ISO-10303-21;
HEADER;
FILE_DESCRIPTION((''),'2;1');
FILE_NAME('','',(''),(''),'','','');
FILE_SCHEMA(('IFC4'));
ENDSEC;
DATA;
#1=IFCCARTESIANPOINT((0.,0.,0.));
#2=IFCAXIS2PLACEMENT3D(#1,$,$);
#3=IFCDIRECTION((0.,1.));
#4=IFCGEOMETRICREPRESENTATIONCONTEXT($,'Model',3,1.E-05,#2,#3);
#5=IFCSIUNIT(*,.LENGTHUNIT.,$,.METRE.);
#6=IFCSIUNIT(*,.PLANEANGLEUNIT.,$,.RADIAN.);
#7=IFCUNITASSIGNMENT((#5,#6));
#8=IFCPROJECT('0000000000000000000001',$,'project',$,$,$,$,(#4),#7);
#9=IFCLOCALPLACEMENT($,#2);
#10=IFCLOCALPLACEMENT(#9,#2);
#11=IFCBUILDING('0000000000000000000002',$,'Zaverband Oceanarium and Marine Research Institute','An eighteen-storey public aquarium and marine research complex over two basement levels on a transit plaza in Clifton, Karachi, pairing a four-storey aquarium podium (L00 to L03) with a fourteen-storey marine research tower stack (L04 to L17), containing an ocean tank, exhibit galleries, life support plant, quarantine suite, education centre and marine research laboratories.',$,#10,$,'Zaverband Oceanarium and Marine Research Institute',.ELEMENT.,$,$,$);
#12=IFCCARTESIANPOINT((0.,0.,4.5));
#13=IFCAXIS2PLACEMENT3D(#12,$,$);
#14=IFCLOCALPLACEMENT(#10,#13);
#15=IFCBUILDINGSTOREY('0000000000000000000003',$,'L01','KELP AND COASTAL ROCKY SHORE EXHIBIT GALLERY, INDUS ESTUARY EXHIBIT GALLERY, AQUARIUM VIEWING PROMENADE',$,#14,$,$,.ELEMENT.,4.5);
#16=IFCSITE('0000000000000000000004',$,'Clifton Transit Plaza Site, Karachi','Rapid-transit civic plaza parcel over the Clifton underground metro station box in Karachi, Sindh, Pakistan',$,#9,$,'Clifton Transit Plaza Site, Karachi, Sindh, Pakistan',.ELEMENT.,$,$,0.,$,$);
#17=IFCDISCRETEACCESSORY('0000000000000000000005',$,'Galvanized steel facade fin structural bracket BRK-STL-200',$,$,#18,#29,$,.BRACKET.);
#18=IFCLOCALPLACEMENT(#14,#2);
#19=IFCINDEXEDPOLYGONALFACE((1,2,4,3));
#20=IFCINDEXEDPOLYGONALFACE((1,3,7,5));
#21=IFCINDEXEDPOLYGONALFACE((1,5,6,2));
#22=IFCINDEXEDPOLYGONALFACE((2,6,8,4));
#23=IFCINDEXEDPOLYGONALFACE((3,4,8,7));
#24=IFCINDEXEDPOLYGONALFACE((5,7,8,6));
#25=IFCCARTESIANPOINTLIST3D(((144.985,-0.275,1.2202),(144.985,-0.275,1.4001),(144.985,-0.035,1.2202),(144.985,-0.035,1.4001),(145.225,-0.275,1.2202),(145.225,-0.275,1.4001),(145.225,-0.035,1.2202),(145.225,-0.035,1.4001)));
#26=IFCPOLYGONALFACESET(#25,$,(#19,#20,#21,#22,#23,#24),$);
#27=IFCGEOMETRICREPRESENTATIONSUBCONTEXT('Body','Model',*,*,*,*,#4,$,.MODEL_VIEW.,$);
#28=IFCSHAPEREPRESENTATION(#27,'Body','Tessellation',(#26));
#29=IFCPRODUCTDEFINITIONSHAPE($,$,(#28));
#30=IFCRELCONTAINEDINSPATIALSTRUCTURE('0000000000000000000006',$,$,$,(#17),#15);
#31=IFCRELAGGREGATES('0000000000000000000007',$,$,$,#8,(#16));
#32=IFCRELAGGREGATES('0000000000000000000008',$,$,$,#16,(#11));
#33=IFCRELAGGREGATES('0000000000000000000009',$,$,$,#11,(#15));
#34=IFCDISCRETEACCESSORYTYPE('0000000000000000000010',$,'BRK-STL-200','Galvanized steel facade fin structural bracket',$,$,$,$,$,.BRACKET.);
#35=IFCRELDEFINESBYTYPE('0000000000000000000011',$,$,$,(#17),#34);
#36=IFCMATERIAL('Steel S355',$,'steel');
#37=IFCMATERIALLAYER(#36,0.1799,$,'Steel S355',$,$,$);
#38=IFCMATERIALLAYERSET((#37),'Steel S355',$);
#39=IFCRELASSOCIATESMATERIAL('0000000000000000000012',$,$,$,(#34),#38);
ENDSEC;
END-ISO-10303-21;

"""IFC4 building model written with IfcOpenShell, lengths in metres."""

from ifc_helpers import new_model, si_unit, direction, frame, origin, origin_2d, place, context, subcontext, project, spatial, rectangle, extrude, material, layer, layer_set, type_object, element, save


model = new_model("IFC4")

# Units and contexts
model_context = context("Model", 3, precision=1e-05, world=origin(), true_north=direction((0.0, 1.0)))
body_context = subcontext(model_context, "Body", "Model", "MODEL_VIEW")
ifc_project = project(units=[si_unit("LENGTHUNIT", "METRE"), si_unit("PLANEANGLEUNIT", "RADIAN")], contexts=[model_context])

# Site, building, storey
site_placement = place(None, origin())
site = spatial("IfcSite", under=ifc_project, at=site_placement, Name="Clifton Transit Plaza Site, Karachi", Description="Rapid-transit civic plaza parcel over the Clifton underground metro station box in Karachi, Sindh, Pakistan", LongName="Clifton Transit Plaza Site, Karachi, Sindh, Pakistan", CompositionType="ELEMENT", RefElevation=0.0)
building_placement = place(site_placement, origin())
building = spatial("IfcBuilding", under=site, at=building_placement, Name="Zaverband Oceanarium and Marine Research Institute", Description="An eighteen-storey public aquarium and marine research complex over two basement levels on a transit plaza in Clifton, Karachi, pairing a four-storey aquarium podium (L00 to L03) with a fourteen-storey marine research tower stack (L04 to L17), containing an ocean tank, exhibit galleries, life support plant, quarantine suite, education centre and marine research laboratories.", LongName="Zaverband Oceanarium and Marine Research Institute", CompositionType="ELEMENT")
storey_placement = place(building_placement, frame((0.0, 0.0, 4.5)))
storey = spatial("IfcBuildingStorey", under=building, at=storey_placement, Name="L01", Description="KELP AND COASTAL ROCKY SHORE EXHIBIT GALLERY, INDUS ESTUARY EXHIBIT GALLERY, AQUARIUM VIEWING PROMENADE", CompositionType="ELEMENT", Elevation=4.5)

# Discrete accessory
ifc_material_1 = material(Name="Steel S355", Category="steel")
ifc_layer_1 = layer(ifc_material_1, 0.1799, Name="Steel S355")
ifc_layer_set_1 = layer_set([ifc_layer_1], Name="Steel S355")
discrete_accessory_type = type_object("IfcDiscreteAccessoryType", Name="BRK-STL-200", Description="Galvanized steel facade fin structural bracket", PredefinedType="BRACKET", material=ifc_layer_set_1)
for number, where, z_axis, x_axis, name in (
    (1, (145.105, -0.155, 1.2202), (0.0, 0.0, 1.0), (1.0, 0.0, 0.0), "Galvanized steel facade fin structural bracket BRK-STL-200"),
):
    element("IfcDiscreteAccessory", number, at=place(storey_placement, frame(where, z_axis=z_axis, x_axis=x_axis)), inside=storey, type_object=discrete_accessory_type, Name=name, PredefinedType="BRACKET", context=body_context, shape_type="SweptSolid", body=[
        extrude(rectangle(XDim=0.24, YDim=0.24, at=origin_2d()), origin(), (0.0, 0.0, 1.0), 0.1799),
    ])

save(model, "model.ifc")
